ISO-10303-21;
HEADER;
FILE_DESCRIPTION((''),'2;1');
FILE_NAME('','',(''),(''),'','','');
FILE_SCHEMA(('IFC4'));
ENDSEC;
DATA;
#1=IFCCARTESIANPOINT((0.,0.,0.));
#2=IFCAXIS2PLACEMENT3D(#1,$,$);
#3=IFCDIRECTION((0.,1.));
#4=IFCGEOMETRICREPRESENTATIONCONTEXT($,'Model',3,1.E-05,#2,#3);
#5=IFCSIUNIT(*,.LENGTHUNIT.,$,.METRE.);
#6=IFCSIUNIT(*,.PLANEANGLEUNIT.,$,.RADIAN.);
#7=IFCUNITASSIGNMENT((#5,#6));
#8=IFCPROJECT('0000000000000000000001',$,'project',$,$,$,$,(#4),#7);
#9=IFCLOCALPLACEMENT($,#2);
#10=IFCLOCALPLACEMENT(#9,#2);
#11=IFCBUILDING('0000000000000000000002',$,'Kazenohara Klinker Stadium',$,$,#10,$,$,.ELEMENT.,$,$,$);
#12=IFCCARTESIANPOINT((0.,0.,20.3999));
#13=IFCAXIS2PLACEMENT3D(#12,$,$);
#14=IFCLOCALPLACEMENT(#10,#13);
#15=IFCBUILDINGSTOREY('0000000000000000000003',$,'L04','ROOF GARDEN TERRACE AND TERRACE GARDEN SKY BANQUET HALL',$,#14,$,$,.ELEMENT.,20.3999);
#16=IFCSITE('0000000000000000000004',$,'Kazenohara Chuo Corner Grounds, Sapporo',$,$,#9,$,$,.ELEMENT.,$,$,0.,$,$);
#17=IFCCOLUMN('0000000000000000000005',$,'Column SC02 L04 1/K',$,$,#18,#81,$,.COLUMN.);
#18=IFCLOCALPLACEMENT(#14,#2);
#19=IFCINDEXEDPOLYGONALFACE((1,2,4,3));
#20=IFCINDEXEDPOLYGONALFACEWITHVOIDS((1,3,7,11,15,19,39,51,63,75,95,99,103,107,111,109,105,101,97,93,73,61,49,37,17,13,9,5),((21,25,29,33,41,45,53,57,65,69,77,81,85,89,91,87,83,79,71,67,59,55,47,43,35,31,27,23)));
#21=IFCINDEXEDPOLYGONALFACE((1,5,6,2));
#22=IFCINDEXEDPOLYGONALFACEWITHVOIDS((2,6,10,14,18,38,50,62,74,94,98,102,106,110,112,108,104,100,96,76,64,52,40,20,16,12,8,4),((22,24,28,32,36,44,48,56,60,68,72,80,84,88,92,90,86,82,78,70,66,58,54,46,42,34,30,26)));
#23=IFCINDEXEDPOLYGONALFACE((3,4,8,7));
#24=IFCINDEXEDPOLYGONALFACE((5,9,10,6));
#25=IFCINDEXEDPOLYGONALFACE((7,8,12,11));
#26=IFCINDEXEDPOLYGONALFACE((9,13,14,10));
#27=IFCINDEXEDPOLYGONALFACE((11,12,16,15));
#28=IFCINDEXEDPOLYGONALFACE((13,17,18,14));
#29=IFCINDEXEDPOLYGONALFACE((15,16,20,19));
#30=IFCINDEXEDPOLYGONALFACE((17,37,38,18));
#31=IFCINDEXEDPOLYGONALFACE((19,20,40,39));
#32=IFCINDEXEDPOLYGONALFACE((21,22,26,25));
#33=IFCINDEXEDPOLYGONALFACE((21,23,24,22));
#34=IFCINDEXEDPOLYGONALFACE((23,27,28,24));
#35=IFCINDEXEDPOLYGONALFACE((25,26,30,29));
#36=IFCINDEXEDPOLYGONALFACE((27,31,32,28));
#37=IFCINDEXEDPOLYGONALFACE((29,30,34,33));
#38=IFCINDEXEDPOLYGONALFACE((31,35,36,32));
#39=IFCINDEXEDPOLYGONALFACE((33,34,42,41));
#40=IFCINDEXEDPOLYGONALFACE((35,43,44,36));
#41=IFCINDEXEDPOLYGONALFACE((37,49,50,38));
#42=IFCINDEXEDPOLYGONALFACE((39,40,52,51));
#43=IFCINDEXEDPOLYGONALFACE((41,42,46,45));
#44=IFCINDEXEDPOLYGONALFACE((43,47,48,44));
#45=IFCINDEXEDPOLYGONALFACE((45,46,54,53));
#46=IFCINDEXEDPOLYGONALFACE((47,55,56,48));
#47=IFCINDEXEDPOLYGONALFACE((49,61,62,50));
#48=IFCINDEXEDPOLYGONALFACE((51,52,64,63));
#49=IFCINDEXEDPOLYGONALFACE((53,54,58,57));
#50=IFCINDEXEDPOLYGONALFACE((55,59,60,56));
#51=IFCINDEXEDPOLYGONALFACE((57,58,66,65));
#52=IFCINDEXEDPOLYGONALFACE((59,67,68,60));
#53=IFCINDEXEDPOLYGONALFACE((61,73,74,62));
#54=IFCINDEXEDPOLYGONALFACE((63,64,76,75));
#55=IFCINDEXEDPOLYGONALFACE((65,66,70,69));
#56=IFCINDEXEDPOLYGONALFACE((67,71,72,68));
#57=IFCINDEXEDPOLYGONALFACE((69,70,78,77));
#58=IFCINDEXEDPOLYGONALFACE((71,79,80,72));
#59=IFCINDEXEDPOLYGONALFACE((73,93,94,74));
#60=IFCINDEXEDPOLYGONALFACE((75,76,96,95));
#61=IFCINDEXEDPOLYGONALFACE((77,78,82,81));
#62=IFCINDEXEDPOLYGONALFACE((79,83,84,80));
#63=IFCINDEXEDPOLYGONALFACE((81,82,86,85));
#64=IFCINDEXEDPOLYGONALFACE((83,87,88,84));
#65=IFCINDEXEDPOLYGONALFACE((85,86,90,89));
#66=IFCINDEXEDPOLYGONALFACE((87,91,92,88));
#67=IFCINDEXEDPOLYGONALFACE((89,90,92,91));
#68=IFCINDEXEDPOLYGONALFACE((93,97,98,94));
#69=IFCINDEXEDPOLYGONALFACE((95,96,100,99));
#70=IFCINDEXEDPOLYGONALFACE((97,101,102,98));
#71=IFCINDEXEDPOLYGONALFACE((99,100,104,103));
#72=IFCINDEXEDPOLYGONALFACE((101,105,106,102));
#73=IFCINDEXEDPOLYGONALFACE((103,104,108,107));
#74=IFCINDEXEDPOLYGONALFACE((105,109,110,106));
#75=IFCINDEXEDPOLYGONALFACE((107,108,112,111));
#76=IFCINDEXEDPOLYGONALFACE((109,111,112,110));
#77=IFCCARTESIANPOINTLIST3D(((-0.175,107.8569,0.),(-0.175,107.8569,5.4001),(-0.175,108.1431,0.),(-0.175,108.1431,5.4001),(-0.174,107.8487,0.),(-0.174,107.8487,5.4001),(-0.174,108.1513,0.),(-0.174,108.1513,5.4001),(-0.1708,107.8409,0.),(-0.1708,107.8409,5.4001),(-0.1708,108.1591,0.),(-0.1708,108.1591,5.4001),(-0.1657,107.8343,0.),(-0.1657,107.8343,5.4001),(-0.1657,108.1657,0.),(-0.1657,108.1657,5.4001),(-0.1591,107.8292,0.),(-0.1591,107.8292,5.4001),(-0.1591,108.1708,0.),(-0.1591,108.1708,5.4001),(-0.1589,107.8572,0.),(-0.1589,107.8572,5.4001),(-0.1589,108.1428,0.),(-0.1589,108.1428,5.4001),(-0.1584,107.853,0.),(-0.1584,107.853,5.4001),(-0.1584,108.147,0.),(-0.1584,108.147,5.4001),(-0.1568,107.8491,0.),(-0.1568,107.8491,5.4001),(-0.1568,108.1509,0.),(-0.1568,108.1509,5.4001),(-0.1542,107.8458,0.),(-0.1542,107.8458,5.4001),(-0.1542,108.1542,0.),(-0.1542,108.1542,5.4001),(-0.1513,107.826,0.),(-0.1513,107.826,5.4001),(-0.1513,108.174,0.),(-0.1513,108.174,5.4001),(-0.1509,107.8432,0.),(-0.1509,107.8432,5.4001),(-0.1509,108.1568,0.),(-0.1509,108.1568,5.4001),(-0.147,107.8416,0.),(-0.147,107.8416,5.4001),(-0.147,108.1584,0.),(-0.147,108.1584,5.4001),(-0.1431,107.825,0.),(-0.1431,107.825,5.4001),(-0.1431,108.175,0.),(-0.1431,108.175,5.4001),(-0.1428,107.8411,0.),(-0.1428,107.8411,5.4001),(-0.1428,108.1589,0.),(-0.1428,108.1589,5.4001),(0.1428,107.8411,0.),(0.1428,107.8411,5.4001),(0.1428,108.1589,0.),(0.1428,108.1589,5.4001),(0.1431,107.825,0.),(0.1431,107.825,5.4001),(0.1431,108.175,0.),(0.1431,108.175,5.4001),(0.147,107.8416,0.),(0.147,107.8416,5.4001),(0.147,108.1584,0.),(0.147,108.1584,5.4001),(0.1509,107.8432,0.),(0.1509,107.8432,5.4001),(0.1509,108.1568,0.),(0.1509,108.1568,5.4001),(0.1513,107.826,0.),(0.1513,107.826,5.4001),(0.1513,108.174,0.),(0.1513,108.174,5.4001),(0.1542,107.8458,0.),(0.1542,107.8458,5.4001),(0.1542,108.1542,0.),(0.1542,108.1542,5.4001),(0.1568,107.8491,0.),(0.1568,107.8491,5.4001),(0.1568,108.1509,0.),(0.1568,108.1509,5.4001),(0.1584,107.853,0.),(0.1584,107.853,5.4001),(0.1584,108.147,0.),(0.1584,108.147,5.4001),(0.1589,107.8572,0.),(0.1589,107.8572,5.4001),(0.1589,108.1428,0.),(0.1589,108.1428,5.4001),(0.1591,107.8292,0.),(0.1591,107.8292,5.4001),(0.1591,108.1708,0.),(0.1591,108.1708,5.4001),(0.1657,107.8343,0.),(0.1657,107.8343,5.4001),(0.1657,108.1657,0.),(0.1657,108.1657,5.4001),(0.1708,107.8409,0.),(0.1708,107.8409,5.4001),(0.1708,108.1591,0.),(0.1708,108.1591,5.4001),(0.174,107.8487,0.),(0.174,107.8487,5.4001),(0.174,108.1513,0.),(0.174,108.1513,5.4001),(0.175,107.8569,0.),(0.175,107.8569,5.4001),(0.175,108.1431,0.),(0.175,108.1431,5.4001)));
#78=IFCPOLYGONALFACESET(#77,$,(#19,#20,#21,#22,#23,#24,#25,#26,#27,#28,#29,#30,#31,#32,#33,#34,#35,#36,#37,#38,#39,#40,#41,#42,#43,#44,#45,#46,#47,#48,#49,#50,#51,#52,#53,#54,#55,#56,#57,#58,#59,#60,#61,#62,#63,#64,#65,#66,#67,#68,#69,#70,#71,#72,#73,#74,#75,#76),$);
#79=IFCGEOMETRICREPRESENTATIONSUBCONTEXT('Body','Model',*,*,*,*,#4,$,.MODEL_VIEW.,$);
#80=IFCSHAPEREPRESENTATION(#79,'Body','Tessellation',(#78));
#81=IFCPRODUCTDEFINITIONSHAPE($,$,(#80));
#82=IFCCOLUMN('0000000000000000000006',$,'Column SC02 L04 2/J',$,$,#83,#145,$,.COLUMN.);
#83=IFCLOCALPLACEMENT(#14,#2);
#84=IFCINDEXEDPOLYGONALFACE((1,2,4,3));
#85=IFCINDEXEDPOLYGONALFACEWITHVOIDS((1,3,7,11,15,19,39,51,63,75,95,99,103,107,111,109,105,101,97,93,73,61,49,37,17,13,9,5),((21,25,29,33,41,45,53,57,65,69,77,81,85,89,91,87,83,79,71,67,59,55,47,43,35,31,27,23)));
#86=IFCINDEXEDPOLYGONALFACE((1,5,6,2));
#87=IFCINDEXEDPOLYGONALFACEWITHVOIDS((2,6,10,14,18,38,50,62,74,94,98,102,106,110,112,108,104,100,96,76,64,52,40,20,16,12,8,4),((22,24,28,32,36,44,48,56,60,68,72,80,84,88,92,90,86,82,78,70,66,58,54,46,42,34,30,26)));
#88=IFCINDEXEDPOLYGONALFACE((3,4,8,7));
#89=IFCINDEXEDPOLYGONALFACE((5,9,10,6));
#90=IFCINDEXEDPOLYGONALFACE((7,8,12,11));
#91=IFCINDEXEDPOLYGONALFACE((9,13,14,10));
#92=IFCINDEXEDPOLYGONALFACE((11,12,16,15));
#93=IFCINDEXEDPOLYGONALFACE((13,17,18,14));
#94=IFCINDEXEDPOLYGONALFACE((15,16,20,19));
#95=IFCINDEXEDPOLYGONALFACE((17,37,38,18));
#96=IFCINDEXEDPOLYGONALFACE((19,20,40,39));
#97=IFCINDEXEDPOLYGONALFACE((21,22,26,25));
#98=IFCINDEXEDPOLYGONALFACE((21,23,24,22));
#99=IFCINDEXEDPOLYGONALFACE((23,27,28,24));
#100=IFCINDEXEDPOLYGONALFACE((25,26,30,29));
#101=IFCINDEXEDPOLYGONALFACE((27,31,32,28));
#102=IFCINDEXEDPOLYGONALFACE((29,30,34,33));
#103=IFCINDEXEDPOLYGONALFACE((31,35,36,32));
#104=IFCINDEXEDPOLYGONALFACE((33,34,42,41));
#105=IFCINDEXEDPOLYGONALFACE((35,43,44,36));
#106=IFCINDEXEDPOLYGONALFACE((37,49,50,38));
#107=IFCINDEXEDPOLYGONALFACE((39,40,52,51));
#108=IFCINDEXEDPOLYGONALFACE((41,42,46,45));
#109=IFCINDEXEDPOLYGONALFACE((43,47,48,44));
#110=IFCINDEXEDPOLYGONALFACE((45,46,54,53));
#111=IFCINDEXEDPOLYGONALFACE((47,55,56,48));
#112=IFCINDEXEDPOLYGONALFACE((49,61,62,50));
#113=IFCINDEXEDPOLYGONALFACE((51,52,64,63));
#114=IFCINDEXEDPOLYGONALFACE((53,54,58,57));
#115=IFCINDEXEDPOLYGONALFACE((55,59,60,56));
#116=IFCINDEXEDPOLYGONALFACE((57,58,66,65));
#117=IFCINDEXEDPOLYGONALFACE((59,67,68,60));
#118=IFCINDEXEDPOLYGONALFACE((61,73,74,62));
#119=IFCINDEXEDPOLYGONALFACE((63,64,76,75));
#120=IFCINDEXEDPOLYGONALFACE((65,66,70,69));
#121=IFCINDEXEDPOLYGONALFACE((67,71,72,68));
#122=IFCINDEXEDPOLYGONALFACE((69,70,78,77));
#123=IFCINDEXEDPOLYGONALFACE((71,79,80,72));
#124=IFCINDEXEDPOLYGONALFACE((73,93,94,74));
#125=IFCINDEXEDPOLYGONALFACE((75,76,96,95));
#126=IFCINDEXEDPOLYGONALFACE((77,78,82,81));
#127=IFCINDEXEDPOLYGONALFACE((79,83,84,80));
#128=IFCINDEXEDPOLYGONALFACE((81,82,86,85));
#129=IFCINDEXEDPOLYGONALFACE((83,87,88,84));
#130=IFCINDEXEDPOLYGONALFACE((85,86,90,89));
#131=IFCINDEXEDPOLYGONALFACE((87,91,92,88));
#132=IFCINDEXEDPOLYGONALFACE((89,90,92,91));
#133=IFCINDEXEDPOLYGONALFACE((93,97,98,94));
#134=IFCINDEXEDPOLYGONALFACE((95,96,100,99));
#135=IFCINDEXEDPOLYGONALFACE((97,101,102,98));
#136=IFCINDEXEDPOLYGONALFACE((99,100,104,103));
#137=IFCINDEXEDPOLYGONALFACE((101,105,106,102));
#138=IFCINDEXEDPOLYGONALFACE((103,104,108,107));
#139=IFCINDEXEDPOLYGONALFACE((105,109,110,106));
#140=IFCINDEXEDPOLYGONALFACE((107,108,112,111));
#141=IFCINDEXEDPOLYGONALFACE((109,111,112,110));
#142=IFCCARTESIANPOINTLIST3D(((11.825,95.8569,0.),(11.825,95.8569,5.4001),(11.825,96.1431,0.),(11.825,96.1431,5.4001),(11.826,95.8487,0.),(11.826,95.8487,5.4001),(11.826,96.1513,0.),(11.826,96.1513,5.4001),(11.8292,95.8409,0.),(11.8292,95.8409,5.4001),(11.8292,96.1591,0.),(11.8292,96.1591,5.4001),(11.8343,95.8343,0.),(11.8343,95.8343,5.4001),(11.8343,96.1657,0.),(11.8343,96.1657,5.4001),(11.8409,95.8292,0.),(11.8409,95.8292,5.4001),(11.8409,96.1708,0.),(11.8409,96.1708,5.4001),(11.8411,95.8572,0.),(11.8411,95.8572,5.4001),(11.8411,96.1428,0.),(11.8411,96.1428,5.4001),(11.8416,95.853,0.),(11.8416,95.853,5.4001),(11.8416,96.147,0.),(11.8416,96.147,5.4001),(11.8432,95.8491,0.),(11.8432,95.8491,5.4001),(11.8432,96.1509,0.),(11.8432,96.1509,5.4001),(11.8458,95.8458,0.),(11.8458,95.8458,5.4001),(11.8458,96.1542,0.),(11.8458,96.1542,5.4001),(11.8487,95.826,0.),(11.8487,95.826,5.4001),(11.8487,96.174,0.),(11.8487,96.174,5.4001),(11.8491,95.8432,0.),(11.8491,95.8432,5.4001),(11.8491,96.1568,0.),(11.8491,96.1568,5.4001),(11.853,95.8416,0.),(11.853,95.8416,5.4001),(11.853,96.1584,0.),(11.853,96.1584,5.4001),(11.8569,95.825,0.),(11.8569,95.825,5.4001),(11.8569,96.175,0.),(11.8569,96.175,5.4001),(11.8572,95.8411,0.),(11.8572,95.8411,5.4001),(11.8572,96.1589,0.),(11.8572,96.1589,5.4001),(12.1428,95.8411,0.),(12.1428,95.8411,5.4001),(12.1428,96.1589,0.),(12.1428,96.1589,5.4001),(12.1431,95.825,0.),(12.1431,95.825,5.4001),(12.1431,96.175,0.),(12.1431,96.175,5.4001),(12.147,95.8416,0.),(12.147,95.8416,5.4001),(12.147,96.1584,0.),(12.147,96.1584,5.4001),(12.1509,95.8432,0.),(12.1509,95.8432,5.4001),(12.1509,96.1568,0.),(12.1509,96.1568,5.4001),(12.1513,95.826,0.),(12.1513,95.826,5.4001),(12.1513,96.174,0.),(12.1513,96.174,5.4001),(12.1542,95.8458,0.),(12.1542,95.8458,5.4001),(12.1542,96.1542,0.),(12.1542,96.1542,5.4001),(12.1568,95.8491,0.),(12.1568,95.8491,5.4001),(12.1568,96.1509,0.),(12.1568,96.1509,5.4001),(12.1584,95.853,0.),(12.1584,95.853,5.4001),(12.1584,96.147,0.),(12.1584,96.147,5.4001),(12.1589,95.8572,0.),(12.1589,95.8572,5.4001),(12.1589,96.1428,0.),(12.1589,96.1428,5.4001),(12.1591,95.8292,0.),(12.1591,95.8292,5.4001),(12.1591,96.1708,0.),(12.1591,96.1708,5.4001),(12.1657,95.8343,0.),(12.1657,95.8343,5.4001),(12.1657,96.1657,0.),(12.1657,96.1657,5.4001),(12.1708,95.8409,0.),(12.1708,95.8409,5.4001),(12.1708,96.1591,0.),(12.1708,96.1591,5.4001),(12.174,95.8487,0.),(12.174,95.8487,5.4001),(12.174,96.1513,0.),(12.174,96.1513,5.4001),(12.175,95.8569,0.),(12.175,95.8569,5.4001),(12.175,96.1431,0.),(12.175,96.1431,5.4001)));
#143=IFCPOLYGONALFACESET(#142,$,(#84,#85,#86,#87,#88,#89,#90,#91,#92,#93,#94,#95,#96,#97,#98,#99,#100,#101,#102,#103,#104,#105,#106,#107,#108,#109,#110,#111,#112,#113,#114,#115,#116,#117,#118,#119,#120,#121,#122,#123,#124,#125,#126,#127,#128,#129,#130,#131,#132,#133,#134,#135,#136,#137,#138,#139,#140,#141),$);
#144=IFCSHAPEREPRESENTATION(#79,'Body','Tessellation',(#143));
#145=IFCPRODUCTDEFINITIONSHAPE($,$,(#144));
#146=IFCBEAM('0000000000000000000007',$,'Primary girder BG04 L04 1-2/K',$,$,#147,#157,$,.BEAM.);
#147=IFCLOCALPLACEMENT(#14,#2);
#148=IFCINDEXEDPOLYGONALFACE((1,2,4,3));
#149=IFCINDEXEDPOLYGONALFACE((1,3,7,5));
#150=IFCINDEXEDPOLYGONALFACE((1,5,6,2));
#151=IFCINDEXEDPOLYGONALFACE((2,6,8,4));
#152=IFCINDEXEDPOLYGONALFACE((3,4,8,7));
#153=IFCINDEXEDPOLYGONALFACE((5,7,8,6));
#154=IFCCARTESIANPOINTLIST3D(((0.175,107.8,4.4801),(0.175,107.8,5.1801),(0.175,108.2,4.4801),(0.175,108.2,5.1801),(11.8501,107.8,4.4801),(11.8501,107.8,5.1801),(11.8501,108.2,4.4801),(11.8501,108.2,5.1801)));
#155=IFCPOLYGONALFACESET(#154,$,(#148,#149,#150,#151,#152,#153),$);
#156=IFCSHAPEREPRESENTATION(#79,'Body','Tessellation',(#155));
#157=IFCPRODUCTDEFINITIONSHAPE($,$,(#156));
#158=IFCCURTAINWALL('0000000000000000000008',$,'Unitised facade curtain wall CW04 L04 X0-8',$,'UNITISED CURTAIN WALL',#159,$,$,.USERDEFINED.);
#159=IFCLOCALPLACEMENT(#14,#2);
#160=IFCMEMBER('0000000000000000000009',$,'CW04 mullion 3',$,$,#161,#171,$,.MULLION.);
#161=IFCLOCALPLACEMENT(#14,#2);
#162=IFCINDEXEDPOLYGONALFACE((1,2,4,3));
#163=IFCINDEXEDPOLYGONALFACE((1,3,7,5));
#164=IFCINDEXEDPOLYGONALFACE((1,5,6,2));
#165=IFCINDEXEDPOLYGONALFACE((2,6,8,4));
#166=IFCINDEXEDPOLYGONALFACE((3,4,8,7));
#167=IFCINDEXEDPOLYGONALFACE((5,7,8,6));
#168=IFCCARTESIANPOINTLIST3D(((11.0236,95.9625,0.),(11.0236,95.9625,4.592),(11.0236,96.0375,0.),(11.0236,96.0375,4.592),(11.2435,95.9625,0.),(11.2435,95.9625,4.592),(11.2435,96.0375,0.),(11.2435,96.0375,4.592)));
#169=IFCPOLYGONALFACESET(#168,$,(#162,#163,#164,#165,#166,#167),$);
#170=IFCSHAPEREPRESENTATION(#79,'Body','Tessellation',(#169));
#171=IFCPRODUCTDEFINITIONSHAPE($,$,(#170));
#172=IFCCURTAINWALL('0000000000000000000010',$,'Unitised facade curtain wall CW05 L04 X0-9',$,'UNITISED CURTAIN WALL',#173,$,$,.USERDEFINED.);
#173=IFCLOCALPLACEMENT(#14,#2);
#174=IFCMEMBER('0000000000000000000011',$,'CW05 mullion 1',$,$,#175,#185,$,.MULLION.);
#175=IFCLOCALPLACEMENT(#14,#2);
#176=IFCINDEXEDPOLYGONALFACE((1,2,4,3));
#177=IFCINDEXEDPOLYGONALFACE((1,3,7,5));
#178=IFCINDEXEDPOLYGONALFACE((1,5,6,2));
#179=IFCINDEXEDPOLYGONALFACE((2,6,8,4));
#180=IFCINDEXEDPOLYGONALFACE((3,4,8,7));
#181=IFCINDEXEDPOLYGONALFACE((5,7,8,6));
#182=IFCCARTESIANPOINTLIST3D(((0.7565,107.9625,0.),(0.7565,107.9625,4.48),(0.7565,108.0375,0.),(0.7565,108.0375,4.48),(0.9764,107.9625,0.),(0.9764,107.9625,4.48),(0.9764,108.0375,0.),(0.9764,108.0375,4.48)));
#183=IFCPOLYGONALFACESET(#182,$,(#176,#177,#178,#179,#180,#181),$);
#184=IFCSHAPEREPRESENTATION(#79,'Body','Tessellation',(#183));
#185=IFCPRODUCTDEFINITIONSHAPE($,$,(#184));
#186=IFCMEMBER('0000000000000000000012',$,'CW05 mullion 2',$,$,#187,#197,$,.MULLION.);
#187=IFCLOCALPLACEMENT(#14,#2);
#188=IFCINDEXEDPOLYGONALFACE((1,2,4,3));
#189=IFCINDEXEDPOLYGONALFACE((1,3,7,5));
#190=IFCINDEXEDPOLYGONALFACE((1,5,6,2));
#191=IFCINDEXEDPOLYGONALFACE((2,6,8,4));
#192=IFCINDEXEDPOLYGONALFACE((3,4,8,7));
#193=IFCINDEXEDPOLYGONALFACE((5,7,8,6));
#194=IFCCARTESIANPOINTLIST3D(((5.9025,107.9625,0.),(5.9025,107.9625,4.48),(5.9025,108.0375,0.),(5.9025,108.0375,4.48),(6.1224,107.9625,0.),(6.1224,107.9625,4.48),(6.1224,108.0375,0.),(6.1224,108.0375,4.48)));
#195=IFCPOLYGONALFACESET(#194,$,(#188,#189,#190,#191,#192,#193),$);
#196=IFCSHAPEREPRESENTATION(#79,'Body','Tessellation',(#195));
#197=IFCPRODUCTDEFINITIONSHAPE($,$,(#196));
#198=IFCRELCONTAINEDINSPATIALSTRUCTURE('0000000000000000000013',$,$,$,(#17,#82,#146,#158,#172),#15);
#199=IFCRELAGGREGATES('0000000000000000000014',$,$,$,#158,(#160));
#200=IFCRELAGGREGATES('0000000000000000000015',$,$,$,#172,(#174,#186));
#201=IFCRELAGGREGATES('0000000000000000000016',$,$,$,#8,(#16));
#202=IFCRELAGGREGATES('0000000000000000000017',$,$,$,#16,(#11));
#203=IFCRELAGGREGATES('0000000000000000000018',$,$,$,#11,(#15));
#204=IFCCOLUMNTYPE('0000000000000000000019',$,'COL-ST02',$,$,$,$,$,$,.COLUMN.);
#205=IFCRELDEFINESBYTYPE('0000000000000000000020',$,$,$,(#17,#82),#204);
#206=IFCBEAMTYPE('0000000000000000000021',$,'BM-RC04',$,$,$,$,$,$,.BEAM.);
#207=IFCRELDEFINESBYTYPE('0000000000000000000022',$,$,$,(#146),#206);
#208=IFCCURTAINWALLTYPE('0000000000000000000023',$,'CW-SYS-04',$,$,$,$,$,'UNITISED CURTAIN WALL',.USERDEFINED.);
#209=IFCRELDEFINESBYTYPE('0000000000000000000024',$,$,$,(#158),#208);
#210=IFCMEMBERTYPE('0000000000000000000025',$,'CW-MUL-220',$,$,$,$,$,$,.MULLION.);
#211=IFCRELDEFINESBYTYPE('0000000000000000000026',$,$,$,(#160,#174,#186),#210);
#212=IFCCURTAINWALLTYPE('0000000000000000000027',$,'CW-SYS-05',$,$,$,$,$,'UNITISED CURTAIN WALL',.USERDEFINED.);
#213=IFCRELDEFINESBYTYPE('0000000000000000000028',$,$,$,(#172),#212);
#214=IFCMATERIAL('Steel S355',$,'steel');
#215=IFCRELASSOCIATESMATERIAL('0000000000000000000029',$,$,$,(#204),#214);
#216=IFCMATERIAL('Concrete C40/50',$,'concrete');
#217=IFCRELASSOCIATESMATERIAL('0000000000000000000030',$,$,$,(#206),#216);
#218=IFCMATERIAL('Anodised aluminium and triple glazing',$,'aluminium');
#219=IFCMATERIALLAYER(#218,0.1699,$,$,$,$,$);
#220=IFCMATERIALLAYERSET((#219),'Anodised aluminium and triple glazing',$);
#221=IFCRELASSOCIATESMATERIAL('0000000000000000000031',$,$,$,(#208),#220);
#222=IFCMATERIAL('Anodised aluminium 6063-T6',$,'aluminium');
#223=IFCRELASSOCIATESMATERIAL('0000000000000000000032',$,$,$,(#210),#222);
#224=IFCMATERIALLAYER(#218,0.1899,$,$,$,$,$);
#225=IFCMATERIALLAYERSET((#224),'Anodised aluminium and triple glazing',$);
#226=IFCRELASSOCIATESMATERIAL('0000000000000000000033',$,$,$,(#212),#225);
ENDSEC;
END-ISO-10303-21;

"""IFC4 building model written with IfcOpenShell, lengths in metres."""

from ifc_helpers import new_model, si_unit, direction, frame, origin, origin_2d, place, context, subcontext, project, spatial, rectangle, hollow_rectangle, extrude, material, layer, layer_set, material_profile, profile_set, type_object, element, aggregate, save


model = new_model("IFC4")

# Units and contexts
model_context = context("Model", 3, precision=1e-05, world=origin(), true_north=direction((0.0, 1.0)))
body_context = subcontext(model_context, "Body", "Model", "MODEL_VIEW")
ifc_project = project(units=[si_unit("LENGTHUNIT", "METRE"), si_unit("PLANEANGLEUNIT", "RADIAN")], contexts=[model_context])

# Site, building, storey
site_placement = place(None, origin())
site = spatial("IfcSite", under=ifc_project, at=site_placement, Name="Kazenohara Chuo Corner Grounds, Sapporo", CompositionType="ELEMENT", RefElevation=0.0)
building_placement = place(site_placement, origin())
building = spatial("IfcBuilding", under=site, at=building_placement, Name="Kazenohara Klinker Stadium", CompositionType="ELEMENT")
storey_placement = place(building_placement, frame((0.0, 0.0, 20.3999)))
storey = spatial("IfcBuildingStorey", under=building, at=storey_placement, Name="L04", Description="ROOF GARDEN TERRACE AND TERRACE GARDEN SKY BANQUET HALL", CompositionType="ELEMENT", Elevation=20.3999)

# Columns
ifc_material_1 = material(Name="Steel S355", Category="steel")
ifc_material_profile_1 = material_profile(ifc_material_1, hollow_rectangle(XDim=0.3501, YDim=0.3501, WallThickness=0.0161, InnerFilletRadius=0.0161, OuterFilletRadius=0.032, at=origin_2d()), Name="SHS-350x350x16")
ifc_profile_set_1 = profile_set([ifc_material_profile_1], Name="Steel S355")
column_type = type_object("IfcColumnType", Name="COL-ST02", PredefinedType="COLUMN", material=ifc_profile_set_1)
for number, where, z_axis, x_axis, name in (
    (1, (0.0, 108.0, 0.0), (0.0, 0.0, 1.0), (1.0, 0.0, 0.0), "Column SC02 L04 1/K"),
    (2, (12.0, 96.0, 0.0), (0.0, 0.0, 1.0), (1.0, 0.0, 0.0), "Column SC02 L04 2/J"),
):
    element("IfcColumn", number, at=place(storey_placement, frame(where, z_axis=z_axis, x_axis=x_axis)), inside=storey, type_object=column_type, Name=name, PredefinedType="COLUMN", context=body_context, shape_type="SweptSolid", body=[
        extrude(hollow_rectangle(XDim=0.3501, YDim=0.3501, WallThickness=0.0161, InnerFilletRadius=0.0161, OuterFilletRadius=0.032, at=origin_2d()), origin(), (0.0, 0.0, 1.0), 5.4001),
    ])

# Beam
ifc_material_2 = material(Name="Concrete C40/50", Category="concrete")
ifc_material_profile_2 = material_profile(ifc_material_2, rectangle(XDim=0.3999, YDim=0.7, at=origin_2d()), Name="RC-BM-400x700")
ifc_profile_set_2 = profile_set([ifc_material_profile_2], Name="Concrete C40/50")
beam_type = type_object("IfcBeamType", Name="BM-RC04", PredefinedType="BEAM", material=ifc_profile_set_2)
beam_placement = place(storey_placement, frame((0.175, 108.0, 4.8301), z_axis=(1.0, 0.0, 0.0), x_axis=(0.0, 1.0, 0.0)))
element("IfcBeam", 3, at=beam_placement, inside=storey, type_object=beam_type, Name="Primary girder BG04 L04 1-2/K", PredefinedType="BEAM", context=body_context, shape_type="SweptSolid", body=[
    extrude(rectangle(XDim=0.3999, YDim=0.7, at=origin_2d()), origin(), (0.0, 0.0, 1.0), 11.675),
])

# Curtain wall, member
ifc_material_3 = material(Name="Anodised aluminium and triple glazing", Category="aluminium")
ifc_layer_1 = layer(ifc_material_3, 0.1699)
ifc_layer_set_1 = layer_set([ifc_layer_1], Name="Anodised aluminium and triple glazing")
curtain_wall_type_1 = type_object("IfcCurtainWallType", Name="CW-SYS-04", ElementType="UNITISED CURTAIN WALL", PredefinedType="USERDEFINED", material=ifc_layer_set_1)
curtain_wall_1_placement = place(storey_placement, origin())
curtain_wall_1 = element("IfcCurtainWall", 4, at=curtain_wall_1_placement, inside=storey, type_object=curtain_wall_type_1, Name="Unitised facade curtain wall CW04 L04 X0-8", ObjectType="UNITISED CURTAIN WALL", PredefinedType="USERDEFINED")
ifc_material_4 = material(Name="Anodised aluminium 6063-T6", Category="aluminium")
ifc_material_profile_3 = material_profile(ifc_material_4, rectangle(XDim=0.075, YDim=0.22, at=origin_2d()), Name="ALU-MUL-75x220")
ifc_profile_set_3 = profile_set([ifc_material_profile_3], Name="Anodised aluminium 6063-T6")
member_type_1 = type_object("IfcMemberType", Name="CW-MUL-220", PredefinedType="MULLION", material=ifc_profile_set_3)
member_1_placement = place(storey_placement, frame((11.1335, 96.0, 0.0), z_axis=(0.0, 0.0, 1.0), x_axis=(0.0, 1.0, 0.0)))
member_1 = element("IfcMember", 5, at=member_1_placement, type_object=member_type_1, Name="CW04 mullion 3", PredefinedType="MULLION", context=body_context, shape_type="SweptSolid", body=[
    extrude(rectangle(XDim=0.075, YDim=0.22, at=origin_2d()), origin(), (0.0, 0.0, 1.0), 4.592),
])
aggregate(curtain_wall_1, [member_1])

# Curtain wall, members
ifc_layer_2 = layer(ifc_material_3, 0.1899)
ifc_layer_set_2 = layer_set([ifc_layer_2], Name="Anodised aluminium and triple glazing")
curtain_wall_type_2 = type_object("IfcCurtainWallType", Name="CW-SYS-05", ElementType="UNITISED CURTAIN WALL", PredefinedType="USERDEFINED", material=ifc_layer_set_2)
curtain_wall_2_placement = place(storey_placement, origin())
curtain_wall_2 = element("IfcCurtainWall", 6, at=curtain_wall_2_placement, inside=storey, type_object=curtain_wall_type_2, Name="Unitised facade curtain wall CW05 L04 X0-9", ObjectType="UNITISED CURTAIN WALL", PredefinedType="USERDEFINED")
member_2_placement = place(storey_placement, frame((0.8665, 108.0, 0.0), z_axis=(0.0, 0.0, 1.0), x_axis=(0.0, 1.0, 0.0)))
member_2 = element("IfcMember", 7, at=member_2_placement, type_object=member_type_1, Name="CW05 mullion 1", PredefinedType="MULLION", context=body_context, shape_type="SweptSolid", body=[
    extrude(rectangle(XDim=0.075, YDim=0.22, at=origin_2d()), origin(), (0.0, 0.0, 1.0), 4.48),
])
member_3_placement = place(storey_placement, frame((6.0125, 108.0, 0.0), z_axis=(0.0, 0.0, 1.0), x_axis=(0.0, 1.0, 0.0)))
member_3 = element("IfcMember", 8, at=member_3_placement, type_object=member_type_1, Name="CW05 mullion 2", PredefinedType="MULLION", context=body_context, shape_type="SweptSolid", body=[
    extrude(rectangle(XDim=0.075, YDim=0.22, at=origin_2d()), origin(), (0.0, 0.0, 1.0), 4.48),
])

aggregate(curtain_wall_2, [member_2, member_3])

save(model, "model.ifc")
